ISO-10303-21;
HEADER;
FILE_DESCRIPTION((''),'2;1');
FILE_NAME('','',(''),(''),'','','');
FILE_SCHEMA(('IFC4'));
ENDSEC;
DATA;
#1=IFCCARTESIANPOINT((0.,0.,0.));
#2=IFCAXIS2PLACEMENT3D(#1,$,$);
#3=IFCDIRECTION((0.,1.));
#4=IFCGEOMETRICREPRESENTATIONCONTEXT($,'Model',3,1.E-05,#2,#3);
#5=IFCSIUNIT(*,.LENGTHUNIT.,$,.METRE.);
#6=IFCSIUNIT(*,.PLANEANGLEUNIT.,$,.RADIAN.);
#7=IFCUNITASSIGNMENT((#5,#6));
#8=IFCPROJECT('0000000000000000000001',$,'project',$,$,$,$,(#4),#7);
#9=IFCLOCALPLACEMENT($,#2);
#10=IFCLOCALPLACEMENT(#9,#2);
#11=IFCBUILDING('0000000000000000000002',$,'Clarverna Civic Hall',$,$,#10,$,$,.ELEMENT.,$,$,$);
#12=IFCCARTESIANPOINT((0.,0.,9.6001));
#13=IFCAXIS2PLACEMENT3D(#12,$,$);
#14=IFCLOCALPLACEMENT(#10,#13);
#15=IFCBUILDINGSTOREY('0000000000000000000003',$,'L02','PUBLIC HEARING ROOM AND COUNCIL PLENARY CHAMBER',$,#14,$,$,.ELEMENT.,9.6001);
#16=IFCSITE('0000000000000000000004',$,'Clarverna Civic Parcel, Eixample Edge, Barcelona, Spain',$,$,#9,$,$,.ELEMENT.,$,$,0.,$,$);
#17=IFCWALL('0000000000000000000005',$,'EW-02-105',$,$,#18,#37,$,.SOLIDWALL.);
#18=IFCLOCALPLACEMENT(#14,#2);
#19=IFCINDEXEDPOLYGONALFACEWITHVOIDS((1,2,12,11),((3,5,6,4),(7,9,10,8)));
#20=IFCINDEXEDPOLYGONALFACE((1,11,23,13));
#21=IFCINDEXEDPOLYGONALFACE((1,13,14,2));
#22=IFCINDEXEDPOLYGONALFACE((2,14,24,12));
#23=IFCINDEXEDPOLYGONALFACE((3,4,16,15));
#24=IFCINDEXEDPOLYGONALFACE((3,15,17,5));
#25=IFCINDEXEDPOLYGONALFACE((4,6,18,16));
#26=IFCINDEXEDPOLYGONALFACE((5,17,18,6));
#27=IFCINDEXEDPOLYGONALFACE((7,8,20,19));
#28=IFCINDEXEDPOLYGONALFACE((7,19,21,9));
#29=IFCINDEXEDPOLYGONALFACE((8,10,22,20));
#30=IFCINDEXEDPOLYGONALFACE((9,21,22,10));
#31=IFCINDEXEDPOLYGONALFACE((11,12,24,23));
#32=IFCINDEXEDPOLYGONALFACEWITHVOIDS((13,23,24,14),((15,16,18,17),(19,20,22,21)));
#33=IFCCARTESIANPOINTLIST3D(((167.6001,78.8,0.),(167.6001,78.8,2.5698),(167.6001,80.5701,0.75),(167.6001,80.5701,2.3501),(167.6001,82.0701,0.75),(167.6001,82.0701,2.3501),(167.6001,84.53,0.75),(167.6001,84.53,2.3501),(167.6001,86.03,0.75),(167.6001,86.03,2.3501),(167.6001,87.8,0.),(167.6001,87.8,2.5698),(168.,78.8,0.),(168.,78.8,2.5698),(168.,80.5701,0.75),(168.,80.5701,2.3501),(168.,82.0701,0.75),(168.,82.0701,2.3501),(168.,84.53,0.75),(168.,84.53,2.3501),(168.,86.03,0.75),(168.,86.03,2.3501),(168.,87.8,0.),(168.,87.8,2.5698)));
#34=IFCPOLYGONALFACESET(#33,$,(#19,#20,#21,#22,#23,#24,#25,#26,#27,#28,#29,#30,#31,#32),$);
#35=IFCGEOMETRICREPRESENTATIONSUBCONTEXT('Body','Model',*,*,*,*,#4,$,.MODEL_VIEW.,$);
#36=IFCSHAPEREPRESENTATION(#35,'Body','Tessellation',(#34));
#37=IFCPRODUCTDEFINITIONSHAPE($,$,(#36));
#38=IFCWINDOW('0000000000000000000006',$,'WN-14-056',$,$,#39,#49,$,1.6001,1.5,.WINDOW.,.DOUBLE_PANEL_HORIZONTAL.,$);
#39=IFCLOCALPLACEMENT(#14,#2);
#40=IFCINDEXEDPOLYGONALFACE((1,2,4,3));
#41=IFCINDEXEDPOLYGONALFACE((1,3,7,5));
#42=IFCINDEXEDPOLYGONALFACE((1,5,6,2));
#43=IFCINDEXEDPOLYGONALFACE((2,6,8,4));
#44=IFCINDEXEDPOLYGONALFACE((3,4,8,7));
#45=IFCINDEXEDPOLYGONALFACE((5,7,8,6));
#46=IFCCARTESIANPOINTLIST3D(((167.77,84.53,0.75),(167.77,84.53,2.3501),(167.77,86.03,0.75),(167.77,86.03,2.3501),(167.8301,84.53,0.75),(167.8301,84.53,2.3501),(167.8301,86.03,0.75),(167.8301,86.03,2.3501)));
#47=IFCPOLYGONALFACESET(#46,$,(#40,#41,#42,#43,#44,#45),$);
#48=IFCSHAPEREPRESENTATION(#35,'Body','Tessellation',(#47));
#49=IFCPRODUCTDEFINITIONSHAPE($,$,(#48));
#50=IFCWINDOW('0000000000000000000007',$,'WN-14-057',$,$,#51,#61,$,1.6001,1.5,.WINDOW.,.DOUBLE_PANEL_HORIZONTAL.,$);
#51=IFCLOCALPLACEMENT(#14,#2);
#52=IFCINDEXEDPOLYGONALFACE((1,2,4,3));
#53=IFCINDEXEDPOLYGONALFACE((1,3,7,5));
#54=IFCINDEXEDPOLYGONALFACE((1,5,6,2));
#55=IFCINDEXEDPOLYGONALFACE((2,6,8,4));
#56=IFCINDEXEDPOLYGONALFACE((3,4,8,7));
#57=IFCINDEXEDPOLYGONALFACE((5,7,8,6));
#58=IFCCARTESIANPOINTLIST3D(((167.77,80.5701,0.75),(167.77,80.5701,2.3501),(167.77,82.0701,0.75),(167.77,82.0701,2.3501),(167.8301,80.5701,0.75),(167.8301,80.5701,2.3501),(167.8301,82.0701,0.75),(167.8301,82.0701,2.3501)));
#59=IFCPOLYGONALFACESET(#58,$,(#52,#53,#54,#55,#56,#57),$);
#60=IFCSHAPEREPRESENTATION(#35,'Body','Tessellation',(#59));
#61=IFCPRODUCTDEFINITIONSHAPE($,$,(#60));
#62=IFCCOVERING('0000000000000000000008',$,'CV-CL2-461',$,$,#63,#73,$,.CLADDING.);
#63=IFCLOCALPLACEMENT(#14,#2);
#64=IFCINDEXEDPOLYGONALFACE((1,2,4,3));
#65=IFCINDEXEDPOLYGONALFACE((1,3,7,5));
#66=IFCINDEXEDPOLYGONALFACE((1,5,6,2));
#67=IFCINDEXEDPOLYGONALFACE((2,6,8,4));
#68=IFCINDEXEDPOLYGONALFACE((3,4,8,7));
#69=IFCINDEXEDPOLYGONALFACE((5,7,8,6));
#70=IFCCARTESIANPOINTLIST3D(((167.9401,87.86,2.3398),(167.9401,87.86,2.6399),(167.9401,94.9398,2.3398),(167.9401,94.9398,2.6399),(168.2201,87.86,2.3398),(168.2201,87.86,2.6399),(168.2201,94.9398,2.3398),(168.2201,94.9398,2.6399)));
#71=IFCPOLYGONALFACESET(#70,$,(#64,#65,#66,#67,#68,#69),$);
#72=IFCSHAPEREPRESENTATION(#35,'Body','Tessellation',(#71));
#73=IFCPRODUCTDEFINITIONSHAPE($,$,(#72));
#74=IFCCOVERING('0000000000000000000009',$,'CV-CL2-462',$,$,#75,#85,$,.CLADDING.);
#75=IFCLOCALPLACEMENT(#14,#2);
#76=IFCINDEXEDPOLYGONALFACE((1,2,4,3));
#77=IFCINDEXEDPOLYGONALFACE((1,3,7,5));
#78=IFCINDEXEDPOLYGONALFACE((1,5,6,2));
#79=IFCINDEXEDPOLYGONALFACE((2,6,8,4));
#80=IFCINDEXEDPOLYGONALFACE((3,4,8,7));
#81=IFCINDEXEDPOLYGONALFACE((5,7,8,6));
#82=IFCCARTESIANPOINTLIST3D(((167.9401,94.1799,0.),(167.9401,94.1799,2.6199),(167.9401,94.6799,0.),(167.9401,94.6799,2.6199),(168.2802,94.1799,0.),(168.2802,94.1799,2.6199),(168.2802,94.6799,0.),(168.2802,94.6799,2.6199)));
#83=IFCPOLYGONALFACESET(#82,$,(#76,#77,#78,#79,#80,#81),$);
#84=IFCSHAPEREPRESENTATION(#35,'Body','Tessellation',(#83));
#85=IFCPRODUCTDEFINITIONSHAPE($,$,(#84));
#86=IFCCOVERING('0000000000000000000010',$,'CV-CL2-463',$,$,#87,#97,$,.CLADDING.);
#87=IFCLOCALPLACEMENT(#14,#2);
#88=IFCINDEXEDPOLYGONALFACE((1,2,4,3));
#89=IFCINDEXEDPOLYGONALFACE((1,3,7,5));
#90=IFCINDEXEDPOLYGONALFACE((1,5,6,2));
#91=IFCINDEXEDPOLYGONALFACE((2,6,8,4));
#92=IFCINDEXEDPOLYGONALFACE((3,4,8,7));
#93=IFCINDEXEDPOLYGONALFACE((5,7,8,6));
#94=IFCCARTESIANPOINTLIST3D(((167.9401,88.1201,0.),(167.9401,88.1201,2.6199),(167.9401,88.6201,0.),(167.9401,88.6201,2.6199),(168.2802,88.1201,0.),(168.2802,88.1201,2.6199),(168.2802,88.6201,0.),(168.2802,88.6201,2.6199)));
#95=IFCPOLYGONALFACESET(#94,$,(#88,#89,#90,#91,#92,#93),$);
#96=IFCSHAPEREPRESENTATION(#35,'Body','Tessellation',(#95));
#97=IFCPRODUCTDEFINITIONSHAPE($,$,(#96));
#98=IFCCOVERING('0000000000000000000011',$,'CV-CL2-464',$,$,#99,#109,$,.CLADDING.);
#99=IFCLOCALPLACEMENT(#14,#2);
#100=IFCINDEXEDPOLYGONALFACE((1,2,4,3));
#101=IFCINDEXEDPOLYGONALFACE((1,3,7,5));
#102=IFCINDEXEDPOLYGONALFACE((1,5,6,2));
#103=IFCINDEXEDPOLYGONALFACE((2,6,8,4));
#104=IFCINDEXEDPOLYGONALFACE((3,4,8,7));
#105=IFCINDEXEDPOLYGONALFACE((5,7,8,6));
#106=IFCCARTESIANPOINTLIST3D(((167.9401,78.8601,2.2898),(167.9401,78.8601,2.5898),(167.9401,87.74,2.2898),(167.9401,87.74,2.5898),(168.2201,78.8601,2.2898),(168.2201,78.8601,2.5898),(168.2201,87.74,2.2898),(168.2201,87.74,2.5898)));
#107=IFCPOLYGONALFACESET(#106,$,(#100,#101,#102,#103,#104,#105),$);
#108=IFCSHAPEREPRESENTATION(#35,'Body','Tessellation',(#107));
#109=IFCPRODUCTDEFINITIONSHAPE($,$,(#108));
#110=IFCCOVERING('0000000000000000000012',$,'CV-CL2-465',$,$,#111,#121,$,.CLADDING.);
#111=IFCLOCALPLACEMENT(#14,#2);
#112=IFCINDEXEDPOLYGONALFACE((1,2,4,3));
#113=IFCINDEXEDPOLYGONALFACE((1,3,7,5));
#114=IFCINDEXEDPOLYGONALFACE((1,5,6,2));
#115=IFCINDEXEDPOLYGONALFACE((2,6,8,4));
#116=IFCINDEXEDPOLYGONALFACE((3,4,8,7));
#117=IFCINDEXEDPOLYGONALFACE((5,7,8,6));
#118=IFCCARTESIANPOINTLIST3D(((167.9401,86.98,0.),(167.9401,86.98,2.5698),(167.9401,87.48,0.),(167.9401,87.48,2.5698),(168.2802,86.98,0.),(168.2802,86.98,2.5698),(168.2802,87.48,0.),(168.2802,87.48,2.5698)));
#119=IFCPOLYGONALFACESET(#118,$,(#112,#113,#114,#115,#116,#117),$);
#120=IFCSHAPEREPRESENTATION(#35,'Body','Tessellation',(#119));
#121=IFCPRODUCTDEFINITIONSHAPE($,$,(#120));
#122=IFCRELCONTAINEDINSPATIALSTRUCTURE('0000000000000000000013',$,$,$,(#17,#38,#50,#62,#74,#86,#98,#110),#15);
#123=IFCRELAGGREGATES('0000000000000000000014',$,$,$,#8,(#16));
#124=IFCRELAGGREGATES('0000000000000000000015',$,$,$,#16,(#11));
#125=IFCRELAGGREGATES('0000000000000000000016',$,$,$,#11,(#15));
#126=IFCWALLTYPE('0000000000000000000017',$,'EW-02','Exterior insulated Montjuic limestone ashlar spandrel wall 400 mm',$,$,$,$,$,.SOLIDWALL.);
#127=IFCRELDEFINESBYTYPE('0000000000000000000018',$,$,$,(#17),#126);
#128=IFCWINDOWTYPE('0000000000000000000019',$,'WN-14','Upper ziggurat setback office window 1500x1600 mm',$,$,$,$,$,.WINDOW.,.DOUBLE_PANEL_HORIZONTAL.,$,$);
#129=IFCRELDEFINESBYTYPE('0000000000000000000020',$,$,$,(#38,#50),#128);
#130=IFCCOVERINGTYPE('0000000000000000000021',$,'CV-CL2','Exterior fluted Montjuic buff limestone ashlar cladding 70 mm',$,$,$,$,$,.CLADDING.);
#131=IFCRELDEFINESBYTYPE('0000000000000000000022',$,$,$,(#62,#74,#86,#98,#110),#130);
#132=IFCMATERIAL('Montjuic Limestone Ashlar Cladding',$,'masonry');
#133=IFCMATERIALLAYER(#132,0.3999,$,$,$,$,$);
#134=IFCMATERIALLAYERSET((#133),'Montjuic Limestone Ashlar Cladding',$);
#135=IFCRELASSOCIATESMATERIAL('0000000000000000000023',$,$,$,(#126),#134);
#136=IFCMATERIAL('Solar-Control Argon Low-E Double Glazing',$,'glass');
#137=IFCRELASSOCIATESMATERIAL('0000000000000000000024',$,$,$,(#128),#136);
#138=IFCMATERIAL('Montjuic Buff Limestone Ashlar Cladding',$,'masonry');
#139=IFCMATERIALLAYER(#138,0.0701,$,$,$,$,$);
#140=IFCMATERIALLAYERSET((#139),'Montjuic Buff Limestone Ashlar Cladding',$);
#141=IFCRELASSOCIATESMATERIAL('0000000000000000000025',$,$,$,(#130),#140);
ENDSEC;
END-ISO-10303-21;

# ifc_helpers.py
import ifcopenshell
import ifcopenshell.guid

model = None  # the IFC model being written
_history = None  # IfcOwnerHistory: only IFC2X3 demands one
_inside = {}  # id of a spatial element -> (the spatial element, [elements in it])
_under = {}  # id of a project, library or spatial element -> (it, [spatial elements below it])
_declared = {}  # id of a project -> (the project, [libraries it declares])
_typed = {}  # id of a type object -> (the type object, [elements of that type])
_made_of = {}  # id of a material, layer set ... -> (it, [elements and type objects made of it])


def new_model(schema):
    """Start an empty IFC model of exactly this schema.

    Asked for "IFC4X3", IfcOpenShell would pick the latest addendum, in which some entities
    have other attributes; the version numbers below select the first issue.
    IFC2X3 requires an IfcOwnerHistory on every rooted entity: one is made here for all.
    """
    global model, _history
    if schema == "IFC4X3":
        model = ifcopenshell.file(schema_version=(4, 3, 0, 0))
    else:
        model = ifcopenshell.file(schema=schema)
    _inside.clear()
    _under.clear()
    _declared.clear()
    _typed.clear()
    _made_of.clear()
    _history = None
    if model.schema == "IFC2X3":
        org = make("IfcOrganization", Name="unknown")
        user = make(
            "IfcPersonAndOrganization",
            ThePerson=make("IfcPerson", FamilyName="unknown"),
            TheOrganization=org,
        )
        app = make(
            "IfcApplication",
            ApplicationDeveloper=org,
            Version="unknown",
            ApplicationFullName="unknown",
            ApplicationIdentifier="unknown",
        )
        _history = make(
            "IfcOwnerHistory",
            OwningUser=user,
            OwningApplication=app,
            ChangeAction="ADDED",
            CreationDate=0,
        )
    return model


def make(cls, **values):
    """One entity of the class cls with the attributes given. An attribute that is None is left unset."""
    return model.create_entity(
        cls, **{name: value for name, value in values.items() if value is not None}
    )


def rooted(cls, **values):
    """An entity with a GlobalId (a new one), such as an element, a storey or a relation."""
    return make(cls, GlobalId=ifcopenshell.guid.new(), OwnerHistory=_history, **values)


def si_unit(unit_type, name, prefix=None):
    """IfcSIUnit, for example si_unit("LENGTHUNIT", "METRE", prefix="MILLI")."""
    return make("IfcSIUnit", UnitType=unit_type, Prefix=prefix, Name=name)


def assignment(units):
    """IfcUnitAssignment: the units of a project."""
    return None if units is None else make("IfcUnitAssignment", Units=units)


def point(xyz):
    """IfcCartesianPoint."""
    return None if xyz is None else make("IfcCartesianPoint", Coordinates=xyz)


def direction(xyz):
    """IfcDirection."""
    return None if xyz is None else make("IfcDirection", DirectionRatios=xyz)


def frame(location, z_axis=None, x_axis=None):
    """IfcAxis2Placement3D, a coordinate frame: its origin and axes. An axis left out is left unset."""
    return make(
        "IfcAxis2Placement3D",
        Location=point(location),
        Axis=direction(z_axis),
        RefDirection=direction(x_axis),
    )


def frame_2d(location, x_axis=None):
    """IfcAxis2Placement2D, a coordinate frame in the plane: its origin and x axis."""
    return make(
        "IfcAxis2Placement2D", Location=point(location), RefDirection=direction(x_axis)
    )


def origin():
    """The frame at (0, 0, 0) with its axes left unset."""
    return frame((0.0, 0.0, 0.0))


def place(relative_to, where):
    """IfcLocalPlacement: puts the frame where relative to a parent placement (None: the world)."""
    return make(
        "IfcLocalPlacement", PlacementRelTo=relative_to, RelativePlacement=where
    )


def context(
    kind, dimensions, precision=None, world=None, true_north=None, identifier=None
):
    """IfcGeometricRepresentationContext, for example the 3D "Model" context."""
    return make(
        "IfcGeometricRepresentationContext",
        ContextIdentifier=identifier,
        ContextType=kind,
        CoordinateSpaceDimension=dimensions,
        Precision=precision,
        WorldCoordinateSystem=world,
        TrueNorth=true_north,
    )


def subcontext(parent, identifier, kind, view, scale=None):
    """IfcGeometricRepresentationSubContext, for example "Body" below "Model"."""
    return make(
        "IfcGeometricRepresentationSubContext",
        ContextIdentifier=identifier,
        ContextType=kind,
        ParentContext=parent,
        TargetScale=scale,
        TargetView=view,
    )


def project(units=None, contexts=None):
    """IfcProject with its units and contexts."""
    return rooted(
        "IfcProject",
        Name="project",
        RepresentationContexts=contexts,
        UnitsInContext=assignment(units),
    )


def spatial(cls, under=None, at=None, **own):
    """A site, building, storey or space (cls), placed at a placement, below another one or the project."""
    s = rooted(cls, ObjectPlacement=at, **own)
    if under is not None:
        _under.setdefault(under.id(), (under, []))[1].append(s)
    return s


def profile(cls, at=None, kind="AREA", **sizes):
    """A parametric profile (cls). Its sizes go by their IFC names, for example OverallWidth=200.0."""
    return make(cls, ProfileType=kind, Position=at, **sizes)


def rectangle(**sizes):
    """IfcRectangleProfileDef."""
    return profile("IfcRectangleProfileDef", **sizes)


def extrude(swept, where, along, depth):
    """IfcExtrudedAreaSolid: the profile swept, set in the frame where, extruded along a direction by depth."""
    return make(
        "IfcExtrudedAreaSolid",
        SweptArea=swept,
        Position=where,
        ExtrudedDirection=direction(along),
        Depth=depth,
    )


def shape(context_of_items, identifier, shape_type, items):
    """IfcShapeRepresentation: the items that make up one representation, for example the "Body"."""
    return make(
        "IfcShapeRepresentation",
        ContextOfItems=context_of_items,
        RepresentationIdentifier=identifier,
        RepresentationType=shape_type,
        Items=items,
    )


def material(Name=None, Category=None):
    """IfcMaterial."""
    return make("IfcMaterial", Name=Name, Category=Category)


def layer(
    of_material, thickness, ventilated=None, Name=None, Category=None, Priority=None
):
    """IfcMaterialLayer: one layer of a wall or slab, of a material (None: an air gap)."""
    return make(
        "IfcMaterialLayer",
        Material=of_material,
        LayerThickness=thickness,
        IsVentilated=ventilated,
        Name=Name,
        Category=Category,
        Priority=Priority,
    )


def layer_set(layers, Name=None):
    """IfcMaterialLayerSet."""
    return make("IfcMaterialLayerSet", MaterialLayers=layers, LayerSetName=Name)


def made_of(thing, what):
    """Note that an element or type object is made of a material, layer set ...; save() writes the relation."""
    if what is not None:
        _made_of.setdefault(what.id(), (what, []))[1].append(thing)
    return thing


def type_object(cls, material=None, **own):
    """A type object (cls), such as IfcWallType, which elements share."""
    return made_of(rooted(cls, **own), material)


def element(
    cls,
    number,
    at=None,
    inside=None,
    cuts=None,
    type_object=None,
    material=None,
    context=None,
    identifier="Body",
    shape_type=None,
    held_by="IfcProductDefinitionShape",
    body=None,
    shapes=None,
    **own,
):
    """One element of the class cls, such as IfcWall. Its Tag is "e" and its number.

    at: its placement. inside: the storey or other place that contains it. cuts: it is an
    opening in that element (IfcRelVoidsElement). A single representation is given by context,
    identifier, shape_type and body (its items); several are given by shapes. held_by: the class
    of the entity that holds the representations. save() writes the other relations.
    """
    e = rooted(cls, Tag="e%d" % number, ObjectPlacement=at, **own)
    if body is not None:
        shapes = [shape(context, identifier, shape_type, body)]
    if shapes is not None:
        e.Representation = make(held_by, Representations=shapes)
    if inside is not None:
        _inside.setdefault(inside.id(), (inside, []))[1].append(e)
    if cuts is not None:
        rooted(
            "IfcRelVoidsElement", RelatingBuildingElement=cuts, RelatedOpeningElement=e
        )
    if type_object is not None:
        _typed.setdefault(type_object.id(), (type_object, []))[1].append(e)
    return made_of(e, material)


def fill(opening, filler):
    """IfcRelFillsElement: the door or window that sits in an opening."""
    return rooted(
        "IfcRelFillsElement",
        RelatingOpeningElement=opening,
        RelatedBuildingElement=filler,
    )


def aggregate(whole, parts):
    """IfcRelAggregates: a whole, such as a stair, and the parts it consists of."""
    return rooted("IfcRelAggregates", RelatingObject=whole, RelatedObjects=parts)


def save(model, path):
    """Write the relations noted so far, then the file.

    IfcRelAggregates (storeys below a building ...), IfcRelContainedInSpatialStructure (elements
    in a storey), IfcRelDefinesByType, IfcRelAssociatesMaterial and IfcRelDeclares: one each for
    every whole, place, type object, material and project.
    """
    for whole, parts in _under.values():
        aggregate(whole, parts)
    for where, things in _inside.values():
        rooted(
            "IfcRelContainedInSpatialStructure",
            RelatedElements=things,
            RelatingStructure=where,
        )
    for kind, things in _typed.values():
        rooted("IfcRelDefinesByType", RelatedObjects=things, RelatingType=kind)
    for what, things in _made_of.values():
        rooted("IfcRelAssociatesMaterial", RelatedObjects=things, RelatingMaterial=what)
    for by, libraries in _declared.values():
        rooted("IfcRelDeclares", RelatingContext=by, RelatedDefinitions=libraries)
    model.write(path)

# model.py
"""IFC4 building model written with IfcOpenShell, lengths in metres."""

from ifc_helpers import new_model, si_unit, direction, frame, frame_2d, origin, place, context, subcontext, project, spatial, rectangle, extrude, material, layer, layer_set, type_object, element, fill, save


model = new_model("IFC4")

# Units and contexts
model_context = context("Model", 3, precision=1e-05, world=origin(), true_north=direction((0.0, 1.0)))
body_context = subcontext(model_context, "Body", "Model", "MODEL_VIEW")
ifc_project = project(units=[si_unit("LENGTHUNIT", "METRE"), si_unit("PLANEANGLEUNIT", "RADIAN")], contexts=[model_context])

# Site, building, storey
site_placement = place(None, origin())
site = spatial("IfcSite", under=ifc_project, at=site_placement, Name="Clarverna Civic Parcel, Eixample Edge, Barcelona, Spain", CompositionType="ELEMENT", RefElevation=0.0)
building_placement = place(site_placement, origin())
building = spatial("IfcBuilding", under=site, at=building_placement, Name="Clarverna Civic Hall", CompositionType="ELEMENT")
storey_placement = place(building_placement, frame((0.0, 0.0, 9.6001)))
storey = spatial("IfcBuildingStorey", under=building, at=storey_placement, Name="L02", Description="PUBLIC HEARING ROOM AND COUNCIL PLENARY CHAMBER", CompositionType="ELEMENT", Elevation=9.6001)

# Wall, openings, windows
ifc_material_1 = material(Name="Montjuic Limestone Ashlar Cladding", Category="masonry")
ifc_layer_1 = layer(ifc_material_1, 0.3999)
ifc_layer_set_1 = layer_set([ifc_layer_1], Name="Montjuic Limestone Ashlar Cladding")
wall_type = type_object("IfcWallType", Name="EW-02", Description="Exterior insulated Montjuic limestone ashlar spandrel wall 400 mm", PredefinedType="SOLIDWALL", material=ifc_layer_set_1)
ifc_material_2 = material(Name="Solar-Control Argon Low-E Double Glazing", Category="glass")
window_type = type_object("IfcWindowType", Name="WN-14", Description="Upper ziggurat setback office window 1500x1600 mm", PartitioningType="DOUBLE_PANEL_HORIZONTAL", PredefinedType="WINDOW", material=ifc_material_2)
wall_1_placement = place(storey_placement, frame((167.8, 87.8, 0.0), z_axis=(0.0, 0.0, 1.0), x_axis=(0.0, -1.0, 0.0)))
wall_1 = element("IfcWall", 1, at=wall_1_placement, inside=storey, type_object=wall_type, Name="EW-02-105", PredefinedType="SOLIDWALL", context=body_context, shape_type="SweptSolid", body=[
    extrude(rectangle(XDim=9.0, YDim=0.3999, at=frame_2d((4.5, 0.0))), origin(), (0.0, 0.0, 1.0), 2.5698),
])
opening_1_placement = place(wall_1_placement, frame((1.77, 0.0, 0.75)))
opening_1 = element("IfcOpeningElement", 2, at=opening_1_placement, cuts=wall_1, PredefinedType="OPENING", context=body_context, shape_type="SweptSolid", body=[
    extrude(rectangle(XDim=1.5, YDim=1.6001, at=frame_2d((0.75, 0.8))), frame((0.0, 0.21, 0.0), z_axis=(0.0, -1.0, 0.0), x_axis=(1.0, 0.0, 0.0)), (0.0, 0.0, 1.0), 0.4199),
])
opening_2_placement = place(wall_1_placement, frame((5.73, 0.0, 0.75)))
opening_2 = element("IfcOpeningElement", 3, at=opening_2_placement, cuts=wall_1, PredefinedType="OPENING", context=body_context, shape_type="SweptSolid", body=[
    extrude(rectangle(XDim=1.5, YDim=1.6001, at=frame_2d((0.75, 0.8))), frame((0.0, 0.21, 0.0), z_axis=(0.0, -1.0, 0.0), x_axis=(1.0, 0.0, 0.0)), (0.0, 0.0, 1.0), 0.4199),
])
window_1_placement = place(opening_1_placement, origin())
window_1 = element("IfcWindow", 4, at=window_1_placement, inside=storey, type_object=window_type, Name="WN-14-056", OverallHeight=1.6001, OverallWidth=1.5, PartitioningType="DOUBLE_PANEL_HORIZONTAL", PredefinedType="WINDOW", context=body_context, shape_type="SweptSolid", body=[
    extrude(rectangle(XDim=1.5, YDim=1.6001, at=frame_2d((0.75, 0.8))), frame((0.0, 0.03, 0.0), z_axis=(0.0, -1.0, 0.0), x_axis=(1.0, 0.0, 0.0)), (0.0, 0.0, 1.0), 0.0601),
])
fill(opening_1, window_1)
window_2_placement = place(opening_2_placement, origin())
window_2 = element("IfcWindow", 5, at=window_2_placement, inside=storey, type_object=window_type, Name="WN-14-057", OverallHeight=1.6001, OverallWidth=1.5, PartitioningType="DOUBLE_PANEL_HORIZONTAL", PredefinedType="WINDOW", context=body_context, shape_type="SweptSolid", body=[
    extrude(rectangle(XDim=1.5, YDim=1.6001, at=frame_2d((0.75, 0.8))), frame((0.0, 0.03, 0.0), z_axis=(0.0, -1.0, 0.0), x_axis=(1.0, 0.0, 0.0)), (0.0, 0.0, 1.0), 0.0601),
])
fill(opening_2, window_2)

# Coverings
ifc_material_3 = material(Name="Montjuic Buff Limestone Ashlar Cladding", Category="masonry")
ifc_layer_2 = layer(ifc_material_3, 0.0701)
ifc_layer_set_2 = layer_set([ifc_layer_2], Name="Montjuic Buff Limestone Ashlar Cladding")
covering_type = type_object("IfcCoveringType", Name="CV-CL2", Description="Exterior fluted Montjuic buff limestone ashlar cladding 70 mm", PredefinedType="CLADDING", material=ifc_layer_set_2)
covering_1_placement = place(storey_placement, frame((168.0801, 94.9399, 2.3398), z_axis=(0.0, 0.0, 1.0), x_axis=(0.0, -1.0, 0.0)))
element("IfcCovering", 6, at=covering_1_placement, inside=storey, type_object=covering_type, Name="CV-CL2-461", PredefinedType="CLADDING", context=body_context, shape_type="SweptSolid", body=[
    extrude(rectangle(XDim=7.0798, YDim=0.28, at=frame_2d((3.54, 0.0))), origin(), (0.0, 0.0, 1.0), 0.3),
])
for number, where, z_axis, x_axis, name in (
    (7, (168.1101, 94.6799, 0.0), (0.0, 0.0, 1.0), (0.0, -1.0, 0.0), "CV-CL2-462"),
    (8, (168.1101, 88.6201, 0.0), (0.0, 0.0, 1.0), (0.0, -1.0, 0.0), "CV-CL2-463"),
):
    element("IfcCovering", number, at=place(storey_placement, frame(where, z_axis=z_axis, x_axis=x_axis)), inside=storey, type_object=covering_type, Name=name, PredefinedType="CLADDING", context=body_context, shape_type="SweptSolid", body=[
        extrude(rectangle(XDim=0.5, YDim=0.3401, at=frame_2d((0.25, 0.0))), origin(), (0.0, 0.0, 1.0), 2.6199),
    ])
covering_2_placement = place(storey_placement, frame((168.0801, 87.74, 2.2898), z_axis=(0.0, 0.0, 1.0), x_axis=(0.0, -1.0, 0.0)))
element("IfcCovering", 9, at=covering_2_placement, inside=storey, type_object=covering_type, Name="CV-CL2-464", PredefinedType="CLADDING", context=body_context, shape_type="SweptSolid", body=[
    extrude(rectangle(XDim=8.8799, YDim=0.28, at=frame_2d((4.4399, 0.0))), origin(), (0.0, 0.0, 1.0), 0.3),
])
covering_3_placement = place(storey_placement, frame((168.1101, 87.48, 0.0), z_axis=(0.0, 0.0, 1.0), x_axis=(0.0, -1.0, 0.0)))
element("IfcCovering", 10, at=covering_3_placement, inside=storey, type_object=covering_type, Name="CV-CL2-465", PredefinedType="CLADDING", context=body_context, shape_type="SweptSolid", body=[
    extrude(rectangle(XDim=0.5, YDim=0.3401, at=frame_2d((0.25, 0.0))), origin(), (0.0, 0.0, 1.0), 2.5698),
])

save(model, "model.ifc")
